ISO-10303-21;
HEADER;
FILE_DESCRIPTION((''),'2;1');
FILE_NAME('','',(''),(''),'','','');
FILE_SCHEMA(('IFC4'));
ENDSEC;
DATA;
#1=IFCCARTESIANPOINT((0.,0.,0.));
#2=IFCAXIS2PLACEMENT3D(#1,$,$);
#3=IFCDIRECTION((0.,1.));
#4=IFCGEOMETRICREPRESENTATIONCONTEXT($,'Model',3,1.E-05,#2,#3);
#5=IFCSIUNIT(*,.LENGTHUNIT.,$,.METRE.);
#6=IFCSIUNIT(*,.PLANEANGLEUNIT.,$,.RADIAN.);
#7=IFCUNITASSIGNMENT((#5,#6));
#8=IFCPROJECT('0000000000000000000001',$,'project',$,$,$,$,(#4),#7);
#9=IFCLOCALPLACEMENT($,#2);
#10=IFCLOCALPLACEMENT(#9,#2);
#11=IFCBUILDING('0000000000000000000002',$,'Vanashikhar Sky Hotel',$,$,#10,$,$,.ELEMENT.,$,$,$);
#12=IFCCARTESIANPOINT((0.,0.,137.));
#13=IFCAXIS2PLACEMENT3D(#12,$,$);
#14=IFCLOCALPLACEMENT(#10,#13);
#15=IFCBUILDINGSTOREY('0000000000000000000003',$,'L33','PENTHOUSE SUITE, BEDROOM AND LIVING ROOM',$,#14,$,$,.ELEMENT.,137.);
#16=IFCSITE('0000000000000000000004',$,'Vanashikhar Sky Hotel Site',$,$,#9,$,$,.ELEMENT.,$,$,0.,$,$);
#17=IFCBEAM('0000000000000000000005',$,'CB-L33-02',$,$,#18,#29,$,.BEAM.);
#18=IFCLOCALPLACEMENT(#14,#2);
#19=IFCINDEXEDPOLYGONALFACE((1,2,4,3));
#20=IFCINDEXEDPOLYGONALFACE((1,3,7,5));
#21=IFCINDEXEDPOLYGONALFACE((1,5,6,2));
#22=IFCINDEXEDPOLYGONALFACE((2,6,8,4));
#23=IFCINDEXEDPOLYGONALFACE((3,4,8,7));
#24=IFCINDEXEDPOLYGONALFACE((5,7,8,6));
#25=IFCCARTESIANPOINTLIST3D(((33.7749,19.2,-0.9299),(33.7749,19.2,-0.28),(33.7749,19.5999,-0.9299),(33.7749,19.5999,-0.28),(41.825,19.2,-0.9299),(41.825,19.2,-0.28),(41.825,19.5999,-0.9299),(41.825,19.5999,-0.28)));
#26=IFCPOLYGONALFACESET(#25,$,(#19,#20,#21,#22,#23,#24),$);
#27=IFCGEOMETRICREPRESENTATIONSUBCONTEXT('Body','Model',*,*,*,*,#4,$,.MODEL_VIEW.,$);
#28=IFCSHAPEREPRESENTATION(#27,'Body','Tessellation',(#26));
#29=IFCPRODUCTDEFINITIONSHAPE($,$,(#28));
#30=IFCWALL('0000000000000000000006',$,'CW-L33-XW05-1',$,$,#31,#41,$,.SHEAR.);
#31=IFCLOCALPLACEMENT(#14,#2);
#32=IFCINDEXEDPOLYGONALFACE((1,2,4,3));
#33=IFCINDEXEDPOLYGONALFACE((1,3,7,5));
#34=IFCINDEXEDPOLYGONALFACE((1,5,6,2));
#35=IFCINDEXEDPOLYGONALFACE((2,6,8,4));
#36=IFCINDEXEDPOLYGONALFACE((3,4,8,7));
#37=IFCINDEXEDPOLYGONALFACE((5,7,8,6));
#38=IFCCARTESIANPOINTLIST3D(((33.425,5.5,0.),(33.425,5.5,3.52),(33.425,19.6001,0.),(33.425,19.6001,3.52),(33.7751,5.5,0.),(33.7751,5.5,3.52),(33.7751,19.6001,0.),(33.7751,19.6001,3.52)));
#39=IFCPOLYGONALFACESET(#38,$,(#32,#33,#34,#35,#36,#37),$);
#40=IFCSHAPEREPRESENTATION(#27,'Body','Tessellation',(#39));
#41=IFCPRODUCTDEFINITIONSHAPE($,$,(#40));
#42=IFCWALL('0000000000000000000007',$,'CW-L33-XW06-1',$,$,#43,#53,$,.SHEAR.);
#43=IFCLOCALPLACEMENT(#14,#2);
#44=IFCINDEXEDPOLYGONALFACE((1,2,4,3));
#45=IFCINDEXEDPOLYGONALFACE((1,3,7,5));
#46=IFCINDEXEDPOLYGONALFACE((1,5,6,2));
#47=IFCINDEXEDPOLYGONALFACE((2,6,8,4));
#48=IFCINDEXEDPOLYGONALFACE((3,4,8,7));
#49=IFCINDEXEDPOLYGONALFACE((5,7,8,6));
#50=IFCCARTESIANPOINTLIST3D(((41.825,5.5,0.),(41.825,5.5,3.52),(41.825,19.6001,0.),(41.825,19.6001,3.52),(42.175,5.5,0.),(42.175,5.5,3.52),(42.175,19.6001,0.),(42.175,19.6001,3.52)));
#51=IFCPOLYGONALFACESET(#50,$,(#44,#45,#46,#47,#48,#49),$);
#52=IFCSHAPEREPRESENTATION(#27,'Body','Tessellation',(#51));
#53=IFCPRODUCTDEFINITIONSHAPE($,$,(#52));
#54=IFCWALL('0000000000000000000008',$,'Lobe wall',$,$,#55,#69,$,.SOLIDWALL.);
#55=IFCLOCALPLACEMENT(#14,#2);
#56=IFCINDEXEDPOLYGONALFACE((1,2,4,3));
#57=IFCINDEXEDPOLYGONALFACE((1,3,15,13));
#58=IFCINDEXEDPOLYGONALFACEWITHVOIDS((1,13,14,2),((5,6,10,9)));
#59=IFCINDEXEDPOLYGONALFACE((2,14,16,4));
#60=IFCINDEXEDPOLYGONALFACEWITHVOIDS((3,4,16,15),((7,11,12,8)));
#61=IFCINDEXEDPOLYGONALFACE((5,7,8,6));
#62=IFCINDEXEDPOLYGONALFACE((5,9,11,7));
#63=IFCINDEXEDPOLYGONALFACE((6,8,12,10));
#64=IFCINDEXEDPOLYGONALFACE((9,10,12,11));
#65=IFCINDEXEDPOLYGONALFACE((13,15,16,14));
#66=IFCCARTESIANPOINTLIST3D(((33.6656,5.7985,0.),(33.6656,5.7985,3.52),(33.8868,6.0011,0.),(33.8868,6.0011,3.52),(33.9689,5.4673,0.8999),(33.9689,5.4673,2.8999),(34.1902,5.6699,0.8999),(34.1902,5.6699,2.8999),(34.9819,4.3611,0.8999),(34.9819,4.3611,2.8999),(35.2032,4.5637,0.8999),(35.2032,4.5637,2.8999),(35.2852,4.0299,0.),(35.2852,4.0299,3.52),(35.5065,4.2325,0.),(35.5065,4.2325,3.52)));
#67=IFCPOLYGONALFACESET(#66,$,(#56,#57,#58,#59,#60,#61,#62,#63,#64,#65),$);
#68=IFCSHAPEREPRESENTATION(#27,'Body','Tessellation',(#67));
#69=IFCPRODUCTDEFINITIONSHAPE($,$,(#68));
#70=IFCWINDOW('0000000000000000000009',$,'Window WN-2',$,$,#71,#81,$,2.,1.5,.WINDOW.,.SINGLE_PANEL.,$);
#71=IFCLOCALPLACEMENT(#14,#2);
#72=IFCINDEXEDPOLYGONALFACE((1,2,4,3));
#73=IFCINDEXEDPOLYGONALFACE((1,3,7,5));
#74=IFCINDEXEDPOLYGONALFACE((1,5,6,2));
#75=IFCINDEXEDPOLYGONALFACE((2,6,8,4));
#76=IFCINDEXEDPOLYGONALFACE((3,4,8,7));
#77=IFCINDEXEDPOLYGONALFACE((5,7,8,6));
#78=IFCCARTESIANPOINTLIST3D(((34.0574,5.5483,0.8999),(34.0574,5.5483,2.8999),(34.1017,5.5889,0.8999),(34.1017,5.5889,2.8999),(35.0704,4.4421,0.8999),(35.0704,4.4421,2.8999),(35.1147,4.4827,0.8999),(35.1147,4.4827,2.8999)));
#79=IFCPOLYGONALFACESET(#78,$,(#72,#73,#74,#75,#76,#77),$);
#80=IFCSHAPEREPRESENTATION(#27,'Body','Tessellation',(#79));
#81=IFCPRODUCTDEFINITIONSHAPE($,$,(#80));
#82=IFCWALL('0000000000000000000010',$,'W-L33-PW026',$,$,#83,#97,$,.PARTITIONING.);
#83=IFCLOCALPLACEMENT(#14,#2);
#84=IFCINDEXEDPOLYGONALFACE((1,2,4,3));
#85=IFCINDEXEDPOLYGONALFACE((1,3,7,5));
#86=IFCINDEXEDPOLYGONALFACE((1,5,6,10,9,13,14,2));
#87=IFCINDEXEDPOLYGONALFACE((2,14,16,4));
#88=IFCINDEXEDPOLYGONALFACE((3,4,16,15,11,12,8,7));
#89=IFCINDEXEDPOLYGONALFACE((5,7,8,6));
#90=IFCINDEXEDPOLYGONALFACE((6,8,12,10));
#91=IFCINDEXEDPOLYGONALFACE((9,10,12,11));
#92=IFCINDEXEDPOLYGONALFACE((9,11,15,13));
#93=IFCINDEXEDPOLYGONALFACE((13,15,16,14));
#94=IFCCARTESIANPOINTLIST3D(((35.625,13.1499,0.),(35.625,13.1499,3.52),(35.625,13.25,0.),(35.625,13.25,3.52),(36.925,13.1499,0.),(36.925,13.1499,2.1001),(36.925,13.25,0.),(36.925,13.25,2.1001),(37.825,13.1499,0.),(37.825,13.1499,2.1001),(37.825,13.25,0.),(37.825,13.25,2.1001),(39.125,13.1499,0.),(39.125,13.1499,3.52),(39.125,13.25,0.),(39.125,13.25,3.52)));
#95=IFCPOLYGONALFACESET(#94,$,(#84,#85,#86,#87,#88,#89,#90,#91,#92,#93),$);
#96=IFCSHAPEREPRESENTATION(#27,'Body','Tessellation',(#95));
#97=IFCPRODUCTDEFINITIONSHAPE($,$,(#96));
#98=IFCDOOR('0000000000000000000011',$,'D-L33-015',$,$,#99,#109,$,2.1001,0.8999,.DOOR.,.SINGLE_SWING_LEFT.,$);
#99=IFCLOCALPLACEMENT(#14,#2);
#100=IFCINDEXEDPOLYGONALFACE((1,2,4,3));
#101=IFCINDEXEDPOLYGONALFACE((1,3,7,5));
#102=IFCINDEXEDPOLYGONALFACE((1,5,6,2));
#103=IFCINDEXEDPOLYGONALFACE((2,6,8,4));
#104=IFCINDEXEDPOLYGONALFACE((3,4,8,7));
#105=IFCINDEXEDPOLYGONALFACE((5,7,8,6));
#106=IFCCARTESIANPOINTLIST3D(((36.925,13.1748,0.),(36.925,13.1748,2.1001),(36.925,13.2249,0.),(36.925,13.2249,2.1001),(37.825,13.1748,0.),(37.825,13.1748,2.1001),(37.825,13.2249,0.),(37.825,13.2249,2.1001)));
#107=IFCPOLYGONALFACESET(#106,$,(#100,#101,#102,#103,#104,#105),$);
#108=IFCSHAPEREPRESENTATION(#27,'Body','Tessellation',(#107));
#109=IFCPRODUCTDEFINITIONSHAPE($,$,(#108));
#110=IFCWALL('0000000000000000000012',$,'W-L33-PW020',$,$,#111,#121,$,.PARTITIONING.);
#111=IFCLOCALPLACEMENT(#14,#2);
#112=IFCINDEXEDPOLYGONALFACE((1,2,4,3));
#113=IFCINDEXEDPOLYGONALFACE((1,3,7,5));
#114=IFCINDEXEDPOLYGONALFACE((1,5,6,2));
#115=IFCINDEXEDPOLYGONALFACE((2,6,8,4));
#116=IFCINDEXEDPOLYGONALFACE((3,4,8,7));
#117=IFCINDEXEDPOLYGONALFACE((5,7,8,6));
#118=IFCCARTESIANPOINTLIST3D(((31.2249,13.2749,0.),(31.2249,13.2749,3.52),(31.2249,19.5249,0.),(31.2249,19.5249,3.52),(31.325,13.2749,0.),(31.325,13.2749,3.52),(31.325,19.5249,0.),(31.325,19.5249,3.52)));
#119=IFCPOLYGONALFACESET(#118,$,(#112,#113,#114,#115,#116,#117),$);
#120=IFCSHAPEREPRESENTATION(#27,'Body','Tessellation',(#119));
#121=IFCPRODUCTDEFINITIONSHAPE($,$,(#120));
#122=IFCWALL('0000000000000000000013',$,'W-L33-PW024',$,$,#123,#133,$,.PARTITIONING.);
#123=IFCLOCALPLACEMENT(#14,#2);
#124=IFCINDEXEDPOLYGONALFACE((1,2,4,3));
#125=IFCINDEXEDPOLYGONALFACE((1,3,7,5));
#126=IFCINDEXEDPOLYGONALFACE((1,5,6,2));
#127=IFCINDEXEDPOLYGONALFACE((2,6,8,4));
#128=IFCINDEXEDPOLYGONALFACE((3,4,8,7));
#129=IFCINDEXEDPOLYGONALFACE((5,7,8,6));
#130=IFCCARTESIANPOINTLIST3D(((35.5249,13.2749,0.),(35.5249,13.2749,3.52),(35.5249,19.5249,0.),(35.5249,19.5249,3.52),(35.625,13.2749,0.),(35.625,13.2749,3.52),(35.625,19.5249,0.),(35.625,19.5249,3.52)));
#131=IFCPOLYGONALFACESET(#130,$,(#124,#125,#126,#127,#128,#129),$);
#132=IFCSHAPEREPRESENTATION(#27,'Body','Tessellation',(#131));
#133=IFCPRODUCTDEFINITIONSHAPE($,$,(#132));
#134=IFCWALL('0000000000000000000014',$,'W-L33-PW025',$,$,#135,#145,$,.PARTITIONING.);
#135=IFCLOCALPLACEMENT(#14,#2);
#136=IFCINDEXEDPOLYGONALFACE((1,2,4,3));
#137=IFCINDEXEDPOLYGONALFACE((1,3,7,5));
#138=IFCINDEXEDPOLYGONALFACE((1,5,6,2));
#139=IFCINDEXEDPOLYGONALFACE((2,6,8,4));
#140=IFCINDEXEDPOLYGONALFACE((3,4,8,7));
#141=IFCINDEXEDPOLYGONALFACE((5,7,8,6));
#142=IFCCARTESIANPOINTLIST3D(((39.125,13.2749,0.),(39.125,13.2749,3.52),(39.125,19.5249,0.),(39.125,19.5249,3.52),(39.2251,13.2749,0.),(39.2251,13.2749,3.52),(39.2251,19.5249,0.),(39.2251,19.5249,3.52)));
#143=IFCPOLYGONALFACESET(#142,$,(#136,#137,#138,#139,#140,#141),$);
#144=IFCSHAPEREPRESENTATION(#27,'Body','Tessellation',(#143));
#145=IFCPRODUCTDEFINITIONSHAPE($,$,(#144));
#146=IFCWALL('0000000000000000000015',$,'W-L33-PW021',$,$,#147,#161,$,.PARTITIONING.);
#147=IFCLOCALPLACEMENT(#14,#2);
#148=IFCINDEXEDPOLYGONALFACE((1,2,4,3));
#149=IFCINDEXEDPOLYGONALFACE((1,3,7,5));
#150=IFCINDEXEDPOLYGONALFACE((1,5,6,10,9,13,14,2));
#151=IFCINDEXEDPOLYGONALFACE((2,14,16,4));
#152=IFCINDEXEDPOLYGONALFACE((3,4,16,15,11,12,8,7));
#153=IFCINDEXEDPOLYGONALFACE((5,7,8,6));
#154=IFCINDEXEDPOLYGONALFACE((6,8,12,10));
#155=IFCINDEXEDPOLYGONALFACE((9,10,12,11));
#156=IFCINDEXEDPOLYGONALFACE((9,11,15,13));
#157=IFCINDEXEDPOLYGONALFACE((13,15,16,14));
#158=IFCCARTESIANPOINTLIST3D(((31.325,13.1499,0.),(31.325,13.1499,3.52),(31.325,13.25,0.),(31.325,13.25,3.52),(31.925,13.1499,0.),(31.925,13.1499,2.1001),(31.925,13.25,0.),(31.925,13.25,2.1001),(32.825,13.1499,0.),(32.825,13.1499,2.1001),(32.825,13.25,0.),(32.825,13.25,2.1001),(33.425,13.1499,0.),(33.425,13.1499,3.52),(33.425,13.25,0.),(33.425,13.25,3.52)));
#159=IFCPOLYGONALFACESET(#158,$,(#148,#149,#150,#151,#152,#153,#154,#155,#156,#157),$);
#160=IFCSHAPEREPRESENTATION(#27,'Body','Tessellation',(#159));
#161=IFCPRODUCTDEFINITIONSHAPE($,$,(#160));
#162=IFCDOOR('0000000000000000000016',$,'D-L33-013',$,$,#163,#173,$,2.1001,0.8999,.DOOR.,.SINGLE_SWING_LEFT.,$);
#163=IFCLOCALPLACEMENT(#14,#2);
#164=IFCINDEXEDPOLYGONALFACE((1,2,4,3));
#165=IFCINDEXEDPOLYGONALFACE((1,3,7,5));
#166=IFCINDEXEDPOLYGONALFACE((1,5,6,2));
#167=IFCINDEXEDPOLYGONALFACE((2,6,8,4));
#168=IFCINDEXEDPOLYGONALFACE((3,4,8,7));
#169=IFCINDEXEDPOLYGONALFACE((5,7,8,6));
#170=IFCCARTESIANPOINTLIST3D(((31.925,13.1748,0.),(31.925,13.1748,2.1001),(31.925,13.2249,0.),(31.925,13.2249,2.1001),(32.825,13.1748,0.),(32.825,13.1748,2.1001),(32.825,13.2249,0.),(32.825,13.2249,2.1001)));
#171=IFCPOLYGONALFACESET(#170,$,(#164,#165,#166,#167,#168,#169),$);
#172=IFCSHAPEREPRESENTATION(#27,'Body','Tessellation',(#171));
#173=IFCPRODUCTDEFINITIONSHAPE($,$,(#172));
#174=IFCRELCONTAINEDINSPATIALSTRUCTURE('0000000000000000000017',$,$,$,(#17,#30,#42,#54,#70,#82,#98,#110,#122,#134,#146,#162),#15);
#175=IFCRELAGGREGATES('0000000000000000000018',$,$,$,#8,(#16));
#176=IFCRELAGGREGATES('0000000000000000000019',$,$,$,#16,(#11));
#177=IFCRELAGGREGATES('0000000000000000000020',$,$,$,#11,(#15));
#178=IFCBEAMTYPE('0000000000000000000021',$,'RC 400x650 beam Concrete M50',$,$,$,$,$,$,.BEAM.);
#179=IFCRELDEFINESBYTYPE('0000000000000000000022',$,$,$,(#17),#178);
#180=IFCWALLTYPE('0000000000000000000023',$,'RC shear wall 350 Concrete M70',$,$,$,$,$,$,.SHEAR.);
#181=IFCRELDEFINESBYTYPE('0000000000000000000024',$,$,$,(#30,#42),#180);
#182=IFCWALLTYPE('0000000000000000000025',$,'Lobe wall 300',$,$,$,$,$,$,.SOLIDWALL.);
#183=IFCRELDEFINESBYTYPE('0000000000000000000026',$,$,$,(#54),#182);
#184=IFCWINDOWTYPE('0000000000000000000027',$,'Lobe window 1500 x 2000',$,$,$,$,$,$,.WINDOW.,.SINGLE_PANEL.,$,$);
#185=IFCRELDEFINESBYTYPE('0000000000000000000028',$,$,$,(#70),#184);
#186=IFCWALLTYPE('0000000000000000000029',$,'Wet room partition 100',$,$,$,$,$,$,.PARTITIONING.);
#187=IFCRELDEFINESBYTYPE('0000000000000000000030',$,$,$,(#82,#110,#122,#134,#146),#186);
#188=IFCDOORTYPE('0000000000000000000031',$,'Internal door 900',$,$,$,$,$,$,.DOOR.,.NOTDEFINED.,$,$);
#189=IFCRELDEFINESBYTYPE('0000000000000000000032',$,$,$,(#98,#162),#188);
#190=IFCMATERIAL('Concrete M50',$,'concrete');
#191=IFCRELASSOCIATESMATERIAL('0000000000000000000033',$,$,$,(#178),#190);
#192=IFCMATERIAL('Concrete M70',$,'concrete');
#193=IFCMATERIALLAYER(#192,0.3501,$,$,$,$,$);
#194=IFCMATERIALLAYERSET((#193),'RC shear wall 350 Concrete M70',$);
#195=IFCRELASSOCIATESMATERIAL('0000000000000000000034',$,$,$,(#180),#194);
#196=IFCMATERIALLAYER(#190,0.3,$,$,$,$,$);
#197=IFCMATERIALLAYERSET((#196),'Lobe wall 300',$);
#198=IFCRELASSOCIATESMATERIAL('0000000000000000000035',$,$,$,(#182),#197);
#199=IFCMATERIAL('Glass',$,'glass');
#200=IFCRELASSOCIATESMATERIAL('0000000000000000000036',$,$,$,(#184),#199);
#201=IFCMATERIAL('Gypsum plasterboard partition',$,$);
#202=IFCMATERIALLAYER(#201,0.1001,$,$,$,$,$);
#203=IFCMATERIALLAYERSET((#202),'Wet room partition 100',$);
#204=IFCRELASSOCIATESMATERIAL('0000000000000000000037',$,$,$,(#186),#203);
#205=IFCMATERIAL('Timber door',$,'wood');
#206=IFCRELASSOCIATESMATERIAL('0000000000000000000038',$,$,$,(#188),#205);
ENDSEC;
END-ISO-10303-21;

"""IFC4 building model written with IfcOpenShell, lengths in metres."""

from ifc_helpers import new_model, si_unit, direction, frame, frame_2d, origin, origin_2d, place, context, subcontext, project, spatial, rectangle, extrude, source, transform, mapped, material, layer, layer_set, material_profile, profile_set, type_object, element, fill, save


model = new_model("IFC4")

# Units and contexts
model_context = context("Model", 3, precision=1e-05, world=origin(), true_north=direction((0.0, 1.0)))
body_context = subcontext(model_context, "Body", "Model", "MODEL_VIEW")
ifc_project = project(units=[si_unit("LENGTHUNIT", "METRE"), si_unit("PLANEANGLEUNIT", "RADIAN")], contexts=[model_context])

# Site, building, storey
site_placement = place(None, origin())
site = spatial("IfcSite", under=ifc_project, at=site_placement, Name="Vanashikhar Sky Hotel Site", CompositionType="ELEMENT", RefElevation=0.0)
building_placement = place(site_placement, origin())
building = spatial("IfcBuilding", under=site, at=building_placement, Name="Vanashikhar Sky Hotel", CompositionType="ELEMENT")
storey_placement = place(building_placement, frame((0.0, 0.0, 137.0)))
storey = spatial("IfcBuildingStorey", under=building, at=storey_placement, Name="L33", Description="PENTHOUSE SUITE, BEDROOM AND LIVING ROOM", CompositionType="ELEMENT", Elevation=137.0)

# Beam
ifc_material_1 = material(Name="Concrete M50", Category="concrete")
ifc_material_profile = material_profile(ifc_material_1, rectangle(XDim=0.3999, YDim=0.6499, at=origin_2d()))
ifc_profile_set = profile_set([ifc_material_profile], Name="RC 400x650 beam Concrete M50")
beam_type = type_object("IfcBeamType", Name="RC 400x650 beam Concrete M50", PredefinedType="BEAM", material=ifc_profile_set)
shared_shape_1 = source(origin(), body_context, "Body", "SweptSolid", [
    extrude(rectangle(XDim=0.3999, YDim=0.6499, at=origin_2d()), origin(), (0.0, 0.0, 1.0), 8.05),
])
beam_placement = place(storey_placement, frame((33.7749, 19.3999, -0.605), z_axis=(1.0, 0.0, 0.0), x_axis=(0.0, 1.0, 0.0)))
element("IfcBeam", 1, at=beam_placement, inside=storey, type_object=beam_type, Name="CB-L33-02", PredefinedType="BEAM", context=body_context, shape_type="MappedRepresentation", body=[
    mapped(shared_shape_1, transform((0.0, 0.0, 0.0), scale=1.0)),
])

# Walls
ifc_material_2 = material(Name="Concrete M70", Category="concrete")
ifc_layer_1 = layer(ifc_material_2, 0.3501)
ifc_layer_set_1 = layer_set([ifc_layer_1], Name="RC shear wall 350 Concrete M70")
wall_type_1 = type_object("IfcWallType", Name="RC shear wall 350 Concrete M70", PredefinedType="SHEAR", material=ifc_layer_set_1)
shared_shape_2 = source(origin(), body_context, "Body", "SweptSolid", [
    extrude(rectangle(XDim=14.1001, YDim=0.3501, at=frame_2d((7.05, 0.0))), origin(), (0.0, 0.0, 1.0), 3.52),
])
for number, where, z_axis, x_axis, name in (
    (2, (33.6001, 5.5, 0.0), (0.0, 0.0, 1.0), (0.0, 1.0, 0.0), "CW-L33-XW05-1"),
    (3, (42.0, 5.5, 0.0), (0.0, 0.0, 1.0), (0.0, 1.0, 0.0), "CW-L33-XW06-1"),
):
    element("IfcWall", number, at=place(storey_placement, frame(where, z_axis=z_axis, x_axis=x_axis)), inside=storey, type_object=wall_type_1, Name=name, PredefinedType="SHEAR", context=body_context, shape_type="MappedRepresentation", body=[
        mapped(shared_shape_2, transform((0.0, 0.0, 0.0), scale=1.0)),
    ])

# Wall, opening, window
ifc_layer_2 = layer(ifc_material_1, 0.3)
ifc_layer_set_2 = layer_set([ifc_layer_2], Name="Lobe wall 300")
wall_type_2 = type_object("IfcWallType", Name="Lobe wall 300", PredefinedType="SOLIDWALL", material=ifc_layer_set_2)
shared_shape_3 = source(origin(), body_context, "Body", "SweptSolid", [
    extrude(rectangle(XDim=2.3982, YDim=0.3, at=frame_2d((1.1992, 0.0))), origin(), (0.0, 0.0, 1.0), 3.52),
])
wall_1_placement = place(storey_placement, frame((33.7761, 5.8999, 0.0), z_axis=(0.0, 0.0, 1.0), x_axis=(0.675374, -0.737475, 0.0)))
wall_1 = element("IfcWall", 4, at=wall_1_placement, inside=storey, type_object=wall_type_2, Name="Lobe wall", PredefinedType="SOLIDWALL", context=body_context, shape_type="MappedRepresentation", body=[
    mapped(shared_shape_3, transform((0.0, 0.0, 0.0), scale=1.0)),
])
shared_shape_4 = source(origin(), body_context, "Body", "SweptSolid", [
    extrude(rectangle(XDim=1.5, YDim=2.0, at=frame_2d((0.75, 1.0))), frame((0.0, 0.1602, 0.0), z_axis=(0.0, -1.0, 0.0), x_axis=(1.0, 0.0, 0.0)), (0.0, 0.0, 1.0), 0.3201),
])
opening_1_placement = place(wall_1_placement, frame((0.4492, 0.0, 0.8999)))
opening_1 = element("IfcOpeningElement", 5, at=opening_1_placement, cuts=wall_1, PredefinedType="OPENING", context=body_context, shape_type="MappedRepresentation", body=[
    mapped(shared_shape_4, transform((0.0, 0.0, 0.0), scale=1.0)),
])
ifc_material_3 = material(Name="Glass", Category="glass")
window_type = type_object("IfcWindowType", Name="Lobe window 1500 x 2000", PartitioningType="SINGLE_PANEL", PredefinedType="WINDOW", material=ifc_material_3)
shared_shape_5 = source(origin(), body_context, "Body", "SweptSolid", [
    extrude(rectangle(XDim=1.5, YDim=2.0, at=frame_2d((0.75, 1.0))), frame((0.0, 0.03, 0.0), z_axis=(0.0, -1.0, 0.0), x_axis=(1.0, 0.0, 0.0)), (0.0, 0.0, 1.0), 0.0601),
])
window_placement = place(opening_1_placement, origin())
window = element("IfcWindow", 6, at=window_placement, inside=storey, type_object=window_type, Name="Window WN-2", OverallHeight=2.0, OverallWidth=1.5, PartitioningType="SINGLE_PANEL", PredefinedType="WINDOW", context=body_context, shape_type="MappedRepresentation", body=[
    mapped(shared_shape_5, transform((0.0, 0.0, 0.0), scale=1.0)),
])
fill(opening_1, window)

# Wall, opening, door
ifc_material_4 = material(Name="Gypsum plasterboard partition")
ifc_layer_3 = layer(ifc_material_4, 0.1001)
ifc_layer_set_3 = layer_set([ifc_layer_3], Name="Wet room partition 100")
wall_type_3 = type_object("IfcWallType", Name="Wet room partition 100", PredefinedType="PARTITIONING", material=ifc_layer_set_3)
shared_shape_6 = source(origin(), body_context, "Body", "SweptSolid", [
    extrude(rectangle(XDim=3.5, YDim=0.1001, at=frame_2d((1.75, 0.0))), origin(), (0.0, 0.0, 1.0), 3.52),
])
wall_2_placement = place(storey_placement, frame((35.625, 13.2, 0.0), z_axis=(0.0, 0.0, 1.0), x_axis=(1.0, 0.0, 0.0)))
wall_2 = element("IfcWall", 7, at=wall_2_placement, inside=storey, type_object=wall_type_3, Name="W-L33-PW026", PredefinedType="PARTITIONING", context=body_context, shape_type="MappedRepresentation", body=[
    mapped(shared_shape_6, transform((0.0, 0.0, 0.0), scale=1.0)),
])
shared_shape_7 = source(origin(), body_context, "Body", "SweptSolid", [
    extrude(rectangle(XDim=0.8999, YDim=2.1001, at=frame_2d((0.45, 1.05))), frame((0.0, 0.0601, 0.0), z_axis=(0.0, -1.0, 0.0), x_axis=(1.0, 0.0, 0.0)), (0.0, 0.0, 1.0), 0.1201),
])
opening_2_placement = place(wall_2_placement, frame((1.3, 0.0, 0.0)))
opening_2 = element("IfcOpeningElement", 8, at=opening_2_placement, cuts=wall_2, PredefinedType="OPENING", context=body_context, shape_type="MappedRepresentation", body=[
    mapped(shared_shape_7, transform((0.0, 0.0, 0.0), scale=1.0)),
])
ifc_material_5 = material(Name="Timber door", Category="wood")
door_type_1 = type_object("IfcDoorType", Name="Internal door 900", OperationType="NOTDEFINED", PredefinedType="DOOR", material=ifc_material_5)
shared_shape_8 = source(origin(), body_context, "Body", "SweptSolid", [
    extrude(rectangle(XDim=0.8999, YDim=2.1001, at=frame_2d((0.45, 1.05))), frame((0.0, 0.0249, 0.0), z_axis=(0.0, -1.0, 0.0), x_axis=(1.0, 0.0, 0.0)), (0.0, 0.0, 1.0), 0.05),
])
door_1_placement = place(opening_2_placement, origin())
door_1 = element("IfcDoor", 9, at=door_1_placement, inside=storey, type_object=door_type_1, Name="D-L33-015", OperationType="SINGLE_SWING_LEFT", OverallHeight=2.1001, OverallWidth=0.8999, PredefinedType="DOOR", context=body_context, shape_type="MappedRepresentation", body=[
    mapped(shared_shape_8, transform((0.0, 0.0, 0.0), scale=1.0)),
])
fill(opening_2, door_1)

# Walls
shared_shape_9 = source(origin(), body_context, "Body", "SweptSolid", [
    extrude(rectangle(XDim=6.25, YDim=0.1001, at=frame_2d((3.125, 0.0))), origin(), (0.0, 0.0, 1.0), 3.52),
])
for number, where, z_axis, x_axis, name in (
    (10, (31.2749, 13.2749, 0.0), (0.0, 0.0, 1.0), (0.0, 1.0, 0.0), "W-L33-PW020"),
    (11, (35.575, 13.2749, 0.0), (0.0, 0.0, 1.0), (0.0, 1.0, 0.0), "W-L33-PW024"),
    (12, (39.175, 13.2749, 0.0), (0.0, 0.0, 1.0), (0.0, 1.0, 0.0), "W-L33-PW025"),
):
    element("IfcWall", number, at=place(storey_placement, frame(where, z_axis=z_axis, x_axis=x_axis)), inside=storey, type_object=wall_type_3, Name=name, PredefinedType="PARTITIONING", context=body_context, shape_type="MappedRepresentation", body=[
        mapped(shared_shape_9, transform((0.0, 0.0, 0.0), scale=1.0)),
    ])

# Wall, opening, door
shared_shape_10 = source(origin(), body_context, "Body", "SweptSolid", [
    extrude(rectangle(XDim=2.1001, YDim=0.1001, at=frame_2d((1.05, 0.0))), origin(), (0.0, 0.0, 1.0), 3.52),
])
wall_3_placement = place(storey_placement, frame((31.325, 13.2, 0.0), z_axis=(0.0, 0.0, 1.0), x_axis=(1.0, 0.0, 0.0)))
wall_3 = element("IfcWall", 13, at=wall_3_placement, inside=storey, type_object=wall_type_3, Name="W-L33-PW021", PredefinedType="PARTITIONING", context=body_context, shape_type="MappedRepresentation", body=[
    mapped(shared_shape_10, transform((0.0, 0.0, 0.0), scale=1.0)),
])
opening_3_placement = place(wall_3_placement, frame((0.6001, 0.0, 0.0)))
opening_3 = element("IfcOpeningElement", 14, at=opening_3_placement, cuts=wall_3, PredefinedType="OPENING", context=body_context, shape_type="MappedRepresentation", body=[
    mapped(shared_shape_7, transform((0.0, 0.0, 0.0), scale=1.0)),
])
door_2_placement = place(opening_3_placement, origin())
door_2 = element("IfcDoor", 15, at=door_2_placement, inside=storey, type_object=door_type_1, Name="D-L33-013", OperationType="SINGLE_SWING_LEFT", OverallHeight=2.1001, OverallWidth=0.8999, PredefinedType="DOOR", context=body_context, shape_type="MappedRepresentation", body=[
    mapped(shared_shape_8, transform((0.0, 0.0, 0.0), scale=1.0)),
])
fill(opening_3, door_2)

save(model, "model.ifc")
